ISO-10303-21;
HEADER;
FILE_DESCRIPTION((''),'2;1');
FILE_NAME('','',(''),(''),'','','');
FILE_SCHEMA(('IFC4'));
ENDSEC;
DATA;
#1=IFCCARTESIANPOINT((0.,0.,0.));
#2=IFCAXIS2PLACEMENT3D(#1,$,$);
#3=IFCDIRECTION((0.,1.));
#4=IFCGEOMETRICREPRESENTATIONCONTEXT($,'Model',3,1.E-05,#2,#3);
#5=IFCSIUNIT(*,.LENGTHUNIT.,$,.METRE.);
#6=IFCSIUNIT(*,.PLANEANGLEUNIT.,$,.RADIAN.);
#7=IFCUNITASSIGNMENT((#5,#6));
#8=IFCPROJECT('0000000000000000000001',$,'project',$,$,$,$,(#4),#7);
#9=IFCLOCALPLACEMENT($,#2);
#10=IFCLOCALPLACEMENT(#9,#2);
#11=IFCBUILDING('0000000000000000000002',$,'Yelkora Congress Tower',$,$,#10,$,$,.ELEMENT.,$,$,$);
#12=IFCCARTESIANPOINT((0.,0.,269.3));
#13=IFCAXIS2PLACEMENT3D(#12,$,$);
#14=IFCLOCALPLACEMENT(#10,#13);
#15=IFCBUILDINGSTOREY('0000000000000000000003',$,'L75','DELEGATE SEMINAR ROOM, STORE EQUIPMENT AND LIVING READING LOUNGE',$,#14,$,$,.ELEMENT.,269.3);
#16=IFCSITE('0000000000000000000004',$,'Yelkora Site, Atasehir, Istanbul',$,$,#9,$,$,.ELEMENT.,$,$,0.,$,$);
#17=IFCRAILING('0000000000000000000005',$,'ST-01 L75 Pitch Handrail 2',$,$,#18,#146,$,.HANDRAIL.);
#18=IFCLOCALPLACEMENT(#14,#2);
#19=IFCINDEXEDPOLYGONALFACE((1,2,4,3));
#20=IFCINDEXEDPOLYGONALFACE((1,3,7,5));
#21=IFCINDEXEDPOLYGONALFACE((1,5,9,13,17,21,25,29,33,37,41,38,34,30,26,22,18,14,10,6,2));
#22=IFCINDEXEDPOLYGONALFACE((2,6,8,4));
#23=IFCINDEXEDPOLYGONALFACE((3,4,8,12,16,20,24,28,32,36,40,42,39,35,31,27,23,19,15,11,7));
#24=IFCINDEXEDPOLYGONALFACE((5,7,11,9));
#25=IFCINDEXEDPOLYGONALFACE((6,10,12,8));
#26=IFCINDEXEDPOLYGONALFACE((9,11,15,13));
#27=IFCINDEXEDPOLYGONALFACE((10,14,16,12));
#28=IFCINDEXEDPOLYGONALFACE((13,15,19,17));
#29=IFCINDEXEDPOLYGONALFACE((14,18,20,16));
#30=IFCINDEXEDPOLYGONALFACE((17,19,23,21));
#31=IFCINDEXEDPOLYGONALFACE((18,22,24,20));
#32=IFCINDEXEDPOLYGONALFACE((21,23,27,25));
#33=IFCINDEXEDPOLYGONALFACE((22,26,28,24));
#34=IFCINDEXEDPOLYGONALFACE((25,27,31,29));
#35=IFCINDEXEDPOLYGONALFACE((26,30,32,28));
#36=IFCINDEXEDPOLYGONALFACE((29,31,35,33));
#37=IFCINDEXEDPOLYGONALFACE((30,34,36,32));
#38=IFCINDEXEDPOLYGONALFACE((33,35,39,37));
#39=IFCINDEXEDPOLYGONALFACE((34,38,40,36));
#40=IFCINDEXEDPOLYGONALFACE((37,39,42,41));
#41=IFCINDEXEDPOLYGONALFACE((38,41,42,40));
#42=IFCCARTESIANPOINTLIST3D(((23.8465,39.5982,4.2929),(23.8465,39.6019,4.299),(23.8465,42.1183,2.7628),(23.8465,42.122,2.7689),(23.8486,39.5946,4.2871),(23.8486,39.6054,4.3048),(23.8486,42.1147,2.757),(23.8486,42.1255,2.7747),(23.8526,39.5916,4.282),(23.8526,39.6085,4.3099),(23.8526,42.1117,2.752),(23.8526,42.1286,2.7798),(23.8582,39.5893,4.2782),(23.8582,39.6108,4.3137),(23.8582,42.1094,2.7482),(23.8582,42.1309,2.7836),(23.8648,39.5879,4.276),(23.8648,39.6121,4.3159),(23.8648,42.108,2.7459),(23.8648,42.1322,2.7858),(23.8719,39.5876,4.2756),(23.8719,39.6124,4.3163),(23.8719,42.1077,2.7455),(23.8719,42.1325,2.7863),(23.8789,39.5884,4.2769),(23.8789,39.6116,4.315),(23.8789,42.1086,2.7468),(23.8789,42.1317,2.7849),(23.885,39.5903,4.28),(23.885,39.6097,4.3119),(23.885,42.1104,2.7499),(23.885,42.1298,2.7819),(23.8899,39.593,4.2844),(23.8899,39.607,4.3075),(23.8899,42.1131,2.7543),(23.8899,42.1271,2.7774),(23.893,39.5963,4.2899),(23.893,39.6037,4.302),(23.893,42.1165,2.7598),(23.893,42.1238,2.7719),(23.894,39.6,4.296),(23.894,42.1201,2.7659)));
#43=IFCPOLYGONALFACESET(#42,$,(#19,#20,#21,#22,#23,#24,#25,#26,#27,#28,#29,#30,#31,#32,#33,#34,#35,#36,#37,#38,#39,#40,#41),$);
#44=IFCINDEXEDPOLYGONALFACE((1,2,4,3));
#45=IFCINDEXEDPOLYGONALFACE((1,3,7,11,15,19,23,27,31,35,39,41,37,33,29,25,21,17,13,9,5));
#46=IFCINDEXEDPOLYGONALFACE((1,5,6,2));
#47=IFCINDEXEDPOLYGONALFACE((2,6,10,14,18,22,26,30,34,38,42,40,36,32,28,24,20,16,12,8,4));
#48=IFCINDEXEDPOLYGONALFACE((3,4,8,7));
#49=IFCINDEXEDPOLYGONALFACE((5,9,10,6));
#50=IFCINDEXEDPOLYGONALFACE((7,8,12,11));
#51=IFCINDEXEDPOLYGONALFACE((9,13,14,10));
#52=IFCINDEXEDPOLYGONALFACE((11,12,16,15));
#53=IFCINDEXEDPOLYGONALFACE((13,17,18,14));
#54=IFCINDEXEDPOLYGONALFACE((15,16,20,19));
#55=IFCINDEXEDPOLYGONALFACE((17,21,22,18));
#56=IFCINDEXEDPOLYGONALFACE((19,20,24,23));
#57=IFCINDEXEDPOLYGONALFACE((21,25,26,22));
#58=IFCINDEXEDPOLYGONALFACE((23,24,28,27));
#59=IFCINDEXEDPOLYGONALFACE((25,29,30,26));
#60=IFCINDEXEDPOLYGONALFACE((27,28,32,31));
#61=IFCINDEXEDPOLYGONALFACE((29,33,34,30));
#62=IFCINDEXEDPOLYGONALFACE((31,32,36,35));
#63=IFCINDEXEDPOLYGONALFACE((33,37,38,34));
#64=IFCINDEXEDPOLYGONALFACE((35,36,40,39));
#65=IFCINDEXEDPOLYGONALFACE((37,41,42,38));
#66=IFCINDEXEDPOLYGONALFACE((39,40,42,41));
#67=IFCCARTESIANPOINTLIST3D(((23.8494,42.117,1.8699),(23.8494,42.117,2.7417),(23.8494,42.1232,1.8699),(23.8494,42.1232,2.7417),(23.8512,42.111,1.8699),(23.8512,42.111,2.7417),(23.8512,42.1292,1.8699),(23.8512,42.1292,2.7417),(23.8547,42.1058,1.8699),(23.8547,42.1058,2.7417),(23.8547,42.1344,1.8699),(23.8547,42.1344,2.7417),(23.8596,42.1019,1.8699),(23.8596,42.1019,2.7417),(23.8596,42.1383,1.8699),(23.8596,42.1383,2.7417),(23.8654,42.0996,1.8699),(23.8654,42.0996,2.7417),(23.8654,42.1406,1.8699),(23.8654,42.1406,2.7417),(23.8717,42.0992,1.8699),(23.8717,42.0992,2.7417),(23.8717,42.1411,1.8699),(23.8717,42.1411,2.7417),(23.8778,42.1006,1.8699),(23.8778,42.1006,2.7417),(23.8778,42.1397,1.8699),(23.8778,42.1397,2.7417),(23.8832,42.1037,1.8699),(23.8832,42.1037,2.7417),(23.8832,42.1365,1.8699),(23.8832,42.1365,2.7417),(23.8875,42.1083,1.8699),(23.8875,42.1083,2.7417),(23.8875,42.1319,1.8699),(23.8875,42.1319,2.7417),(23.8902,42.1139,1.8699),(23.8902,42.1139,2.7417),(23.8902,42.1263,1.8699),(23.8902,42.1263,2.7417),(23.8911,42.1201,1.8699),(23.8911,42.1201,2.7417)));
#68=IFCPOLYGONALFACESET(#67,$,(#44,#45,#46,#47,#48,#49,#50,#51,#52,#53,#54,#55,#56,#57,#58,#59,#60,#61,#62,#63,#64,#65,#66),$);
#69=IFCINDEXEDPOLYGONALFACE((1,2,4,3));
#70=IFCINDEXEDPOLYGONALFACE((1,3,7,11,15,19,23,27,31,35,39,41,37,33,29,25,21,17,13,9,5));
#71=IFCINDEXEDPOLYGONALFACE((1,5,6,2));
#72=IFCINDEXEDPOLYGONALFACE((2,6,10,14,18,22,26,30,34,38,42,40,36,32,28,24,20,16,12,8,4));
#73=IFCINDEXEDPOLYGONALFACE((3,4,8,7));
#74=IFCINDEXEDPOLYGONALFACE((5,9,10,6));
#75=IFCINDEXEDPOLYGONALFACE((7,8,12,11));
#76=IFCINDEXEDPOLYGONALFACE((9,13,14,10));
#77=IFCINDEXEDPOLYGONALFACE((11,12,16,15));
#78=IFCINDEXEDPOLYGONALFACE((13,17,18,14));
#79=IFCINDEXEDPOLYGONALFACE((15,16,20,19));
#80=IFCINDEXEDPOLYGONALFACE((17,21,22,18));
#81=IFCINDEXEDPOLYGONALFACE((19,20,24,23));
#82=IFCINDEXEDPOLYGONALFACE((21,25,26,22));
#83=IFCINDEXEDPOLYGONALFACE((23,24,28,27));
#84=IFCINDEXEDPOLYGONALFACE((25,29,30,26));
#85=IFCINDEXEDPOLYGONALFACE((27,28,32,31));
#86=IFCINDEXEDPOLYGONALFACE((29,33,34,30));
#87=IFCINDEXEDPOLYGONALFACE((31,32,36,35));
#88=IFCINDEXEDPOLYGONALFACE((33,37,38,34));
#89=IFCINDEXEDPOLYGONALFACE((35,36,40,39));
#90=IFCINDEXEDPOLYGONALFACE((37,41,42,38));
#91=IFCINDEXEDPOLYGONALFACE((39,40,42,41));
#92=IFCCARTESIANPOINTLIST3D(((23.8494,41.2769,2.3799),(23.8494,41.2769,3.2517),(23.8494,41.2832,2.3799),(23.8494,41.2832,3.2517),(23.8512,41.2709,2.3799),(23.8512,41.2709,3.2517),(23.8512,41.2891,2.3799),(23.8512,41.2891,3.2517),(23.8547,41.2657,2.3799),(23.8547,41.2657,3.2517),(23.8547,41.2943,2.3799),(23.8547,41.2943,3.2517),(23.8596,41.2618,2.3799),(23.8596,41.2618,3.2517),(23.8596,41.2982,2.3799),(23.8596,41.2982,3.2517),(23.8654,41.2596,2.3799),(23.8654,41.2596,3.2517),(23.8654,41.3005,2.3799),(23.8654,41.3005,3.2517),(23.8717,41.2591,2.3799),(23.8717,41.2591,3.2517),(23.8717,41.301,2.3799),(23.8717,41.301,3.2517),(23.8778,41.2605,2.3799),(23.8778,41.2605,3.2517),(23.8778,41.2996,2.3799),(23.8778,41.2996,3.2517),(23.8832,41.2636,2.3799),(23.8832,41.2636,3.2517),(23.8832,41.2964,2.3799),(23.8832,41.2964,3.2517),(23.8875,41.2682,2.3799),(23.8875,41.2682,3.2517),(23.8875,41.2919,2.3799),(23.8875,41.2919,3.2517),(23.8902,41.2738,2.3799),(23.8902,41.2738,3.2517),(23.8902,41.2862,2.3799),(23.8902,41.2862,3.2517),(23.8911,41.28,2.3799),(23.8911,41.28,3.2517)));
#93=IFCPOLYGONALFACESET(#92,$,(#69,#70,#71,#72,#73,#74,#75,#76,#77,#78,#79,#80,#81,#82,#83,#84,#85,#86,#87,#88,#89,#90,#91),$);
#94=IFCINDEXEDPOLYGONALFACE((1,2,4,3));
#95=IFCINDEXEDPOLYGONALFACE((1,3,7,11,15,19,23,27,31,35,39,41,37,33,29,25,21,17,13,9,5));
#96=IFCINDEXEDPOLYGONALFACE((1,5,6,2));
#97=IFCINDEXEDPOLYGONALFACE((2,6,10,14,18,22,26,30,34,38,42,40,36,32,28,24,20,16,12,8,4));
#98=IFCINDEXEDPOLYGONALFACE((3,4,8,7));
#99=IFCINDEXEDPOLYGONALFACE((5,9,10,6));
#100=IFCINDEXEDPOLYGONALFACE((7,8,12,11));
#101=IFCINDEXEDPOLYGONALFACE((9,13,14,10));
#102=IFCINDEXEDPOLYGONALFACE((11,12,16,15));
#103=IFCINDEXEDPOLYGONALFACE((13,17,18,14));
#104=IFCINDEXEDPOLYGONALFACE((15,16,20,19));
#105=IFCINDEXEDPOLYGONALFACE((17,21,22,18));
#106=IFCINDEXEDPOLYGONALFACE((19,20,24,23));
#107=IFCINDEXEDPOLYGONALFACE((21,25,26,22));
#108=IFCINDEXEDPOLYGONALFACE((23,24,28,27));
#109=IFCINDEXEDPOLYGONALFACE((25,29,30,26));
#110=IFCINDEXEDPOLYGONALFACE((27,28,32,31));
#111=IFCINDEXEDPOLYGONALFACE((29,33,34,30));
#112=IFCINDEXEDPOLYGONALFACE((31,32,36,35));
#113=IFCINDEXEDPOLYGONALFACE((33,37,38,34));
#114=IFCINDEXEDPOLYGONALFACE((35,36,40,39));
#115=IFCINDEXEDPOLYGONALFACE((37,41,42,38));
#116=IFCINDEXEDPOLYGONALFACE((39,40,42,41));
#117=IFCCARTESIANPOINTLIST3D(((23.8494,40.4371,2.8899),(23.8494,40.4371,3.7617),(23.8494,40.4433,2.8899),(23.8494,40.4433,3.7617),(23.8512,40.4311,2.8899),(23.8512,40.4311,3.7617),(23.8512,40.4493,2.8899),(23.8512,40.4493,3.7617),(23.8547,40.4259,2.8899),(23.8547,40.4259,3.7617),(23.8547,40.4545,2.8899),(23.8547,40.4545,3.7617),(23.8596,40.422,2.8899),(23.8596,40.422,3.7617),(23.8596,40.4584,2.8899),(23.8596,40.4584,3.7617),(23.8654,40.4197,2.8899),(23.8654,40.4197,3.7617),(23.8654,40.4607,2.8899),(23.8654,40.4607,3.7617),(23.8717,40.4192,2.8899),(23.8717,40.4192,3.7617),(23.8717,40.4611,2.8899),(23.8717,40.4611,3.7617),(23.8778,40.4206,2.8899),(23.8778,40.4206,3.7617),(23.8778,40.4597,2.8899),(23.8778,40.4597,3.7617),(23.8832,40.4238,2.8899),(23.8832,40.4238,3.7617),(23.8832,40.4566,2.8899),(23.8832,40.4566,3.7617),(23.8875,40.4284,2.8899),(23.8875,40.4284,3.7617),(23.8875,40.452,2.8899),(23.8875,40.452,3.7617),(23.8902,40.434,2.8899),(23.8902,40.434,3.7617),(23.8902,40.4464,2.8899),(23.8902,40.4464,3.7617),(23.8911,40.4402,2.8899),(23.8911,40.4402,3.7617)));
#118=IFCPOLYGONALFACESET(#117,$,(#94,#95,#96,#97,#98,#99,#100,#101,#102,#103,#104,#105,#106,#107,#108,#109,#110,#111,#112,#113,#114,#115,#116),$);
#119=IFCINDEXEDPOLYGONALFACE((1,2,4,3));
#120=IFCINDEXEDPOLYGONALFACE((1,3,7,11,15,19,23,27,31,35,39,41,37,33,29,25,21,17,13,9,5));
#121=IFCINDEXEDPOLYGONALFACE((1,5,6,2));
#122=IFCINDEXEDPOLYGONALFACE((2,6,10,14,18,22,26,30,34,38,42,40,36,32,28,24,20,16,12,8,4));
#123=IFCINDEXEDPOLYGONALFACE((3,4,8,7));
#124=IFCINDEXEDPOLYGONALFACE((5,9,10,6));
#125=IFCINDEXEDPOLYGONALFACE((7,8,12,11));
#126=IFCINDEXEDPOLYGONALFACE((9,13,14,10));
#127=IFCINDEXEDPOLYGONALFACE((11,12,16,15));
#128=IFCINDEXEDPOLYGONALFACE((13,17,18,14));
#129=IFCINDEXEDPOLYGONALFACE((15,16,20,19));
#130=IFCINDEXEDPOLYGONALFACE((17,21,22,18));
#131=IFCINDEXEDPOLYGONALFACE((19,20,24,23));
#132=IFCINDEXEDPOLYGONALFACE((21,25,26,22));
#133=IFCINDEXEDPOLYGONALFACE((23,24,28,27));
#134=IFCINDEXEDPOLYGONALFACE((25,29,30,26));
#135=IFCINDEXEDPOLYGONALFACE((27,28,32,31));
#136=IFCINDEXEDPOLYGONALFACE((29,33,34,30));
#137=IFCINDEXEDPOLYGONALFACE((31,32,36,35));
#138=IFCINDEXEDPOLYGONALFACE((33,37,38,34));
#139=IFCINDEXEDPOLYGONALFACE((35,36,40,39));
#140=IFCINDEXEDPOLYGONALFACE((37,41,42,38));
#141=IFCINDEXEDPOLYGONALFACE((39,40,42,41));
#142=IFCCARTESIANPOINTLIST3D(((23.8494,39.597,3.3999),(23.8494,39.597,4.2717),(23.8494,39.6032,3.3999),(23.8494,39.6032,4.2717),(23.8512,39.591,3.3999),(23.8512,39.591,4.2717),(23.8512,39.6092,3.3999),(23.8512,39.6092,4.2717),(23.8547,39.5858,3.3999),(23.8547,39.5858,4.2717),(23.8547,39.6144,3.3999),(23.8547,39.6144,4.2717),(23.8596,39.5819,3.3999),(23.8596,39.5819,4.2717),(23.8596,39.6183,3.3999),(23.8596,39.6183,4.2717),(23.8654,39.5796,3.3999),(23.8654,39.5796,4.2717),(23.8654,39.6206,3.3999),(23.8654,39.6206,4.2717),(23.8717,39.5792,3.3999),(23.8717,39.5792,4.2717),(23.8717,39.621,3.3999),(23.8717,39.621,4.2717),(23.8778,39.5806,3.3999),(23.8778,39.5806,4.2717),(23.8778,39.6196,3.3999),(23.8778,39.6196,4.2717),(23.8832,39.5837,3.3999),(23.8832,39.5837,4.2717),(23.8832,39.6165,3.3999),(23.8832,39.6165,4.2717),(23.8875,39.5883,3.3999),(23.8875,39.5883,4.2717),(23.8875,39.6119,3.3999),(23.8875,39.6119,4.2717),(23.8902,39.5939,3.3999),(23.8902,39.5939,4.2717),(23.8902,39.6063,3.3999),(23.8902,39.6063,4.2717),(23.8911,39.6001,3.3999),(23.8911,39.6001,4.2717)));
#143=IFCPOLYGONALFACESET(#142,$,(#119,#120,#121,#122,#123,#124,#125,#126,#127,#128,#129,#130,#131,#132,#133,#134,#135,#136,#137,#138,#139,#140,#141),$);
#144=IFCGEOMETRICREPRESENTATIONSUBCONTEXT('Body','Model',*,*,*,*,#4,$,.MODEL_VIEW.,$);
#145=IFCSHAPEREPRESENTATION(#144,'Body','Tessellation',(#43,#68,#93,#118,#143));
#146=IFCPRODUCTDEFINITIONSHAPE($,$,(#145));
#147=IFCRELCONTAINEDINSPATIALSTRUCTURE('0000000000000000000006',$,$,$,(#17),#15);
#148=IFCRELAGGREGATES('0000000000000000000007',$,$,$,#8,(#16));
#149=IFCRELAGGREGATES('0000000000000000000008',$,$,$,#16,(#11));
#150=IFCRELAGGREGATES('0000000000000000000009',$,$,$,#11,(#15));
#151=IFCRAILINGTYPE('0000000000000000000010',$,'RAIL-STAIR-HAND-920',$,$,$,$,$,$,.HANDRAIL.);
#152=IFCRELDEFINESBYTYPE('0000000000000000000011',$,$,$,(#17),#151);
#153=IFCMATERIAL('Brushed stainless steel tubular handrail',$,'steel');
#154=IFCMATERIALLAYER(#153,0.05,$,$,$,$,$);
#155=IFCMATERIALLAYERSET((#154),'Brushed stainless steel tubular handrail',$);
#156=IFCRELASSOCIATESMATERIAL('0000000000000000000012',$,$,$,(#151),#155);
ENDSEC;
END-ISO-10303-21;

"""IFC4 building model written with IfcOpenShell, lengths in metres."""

from ifc_helpers import new_model, si_unit, direction, frame, origin, origin_2d, place, context, subcontext, project, spatial, circle, extrude, material, layer, layer_set, type_object, element, save


model = new_model("IFC4")

# Units and contexts
model_context = context("Model", 3, precision=1e-05, world=origin(), true_north=direction((0.0, 1.0)))
body_context = subcontext(model_context, "Body", "Model", "MODEL_VIEW")
ifc_project = project(units=[si_unit("LENGTHUNIT", "METRE"), si_unit("PLANEANGLEUNIT", "RADIAN")], contexts=[model_context])

# Site, building, storey
site_placement = place(None, origin())
site = spatial("IfcSite", under=ifc_project, at=site_placement, Name="Yelkora Site, Atasehir, Istanbul", CompositionType="ELEMENT", RefElevation=0.0)
building_placement = place(site_placement, origin())
building = spatial("IfcBuilding", under=site, at=building_placement, Name="Yelkora Congress Tower", CompositionType="ELEMENT")
storey_placement = place(building_placement, frame((0.0, 0.0, 269.3)))
storey = spatial("IfcBuildingStorey", under=building, at=storey_placement, Name="L75", Description="DELEGATE SEMINAR ROOM, STORE EQUIPMENT AND LIVING READING LOUNGE", CompositionType="ELEMENT", Elevation=269.3)

# Railing
ifc_material_1 = material(Name="Brushed stainless steel tubular handrail", Category="steel")
ifc_layer_1 = layer(ifc_material_1, 0.05)
ifc_layer_set_1 = layer_set([ifc_layer_1], Name="Brushed stainless steel tubular handrail")
railing_type_1 = type_object("IfcRailingType", Name="RAIL-STAIR-HAND-920", PredefinedType="HANDRAIL", material=ifc_layer_set_1)
railing_1_placement = place(storey_placement, frame((23.8701, 42.1201, 1.8699)))
element("IfcRailing", 1, at=railing_1_placement, inside=storey, type_object=railing_type_1, Name="ST-01 L75 Pitch Handrail 2", PredefinedType="HANDRAIL", context=body_context, shape_type="SweptSolid", body=[
    extrude(circle(Radius=0.0239, at=origin_2d()), frame((0.0, 0.0, 0.896), z_axis=(0.0, -0.854785, 0.518982), x_axis=(1.0, 0.0, 0.0)), (0.0, 0.0, 1.0), 2.9482),
    extrude(circle(Radius=0.021, at=origin_2d()), origin(), (0.0, 0.0, 1.0), 0.8718),
    extrude(circle(Radius=0.021, at=origin_2d()), frame((0.0, -0.8401, 0.51)), (0.0, 0.0, 1.0), 0.8718),
    extrude(circle(Radius=0.021, at=origin_2d()), frame((0.0, -1.6799, 1.02)), (0.0, 0.0, 1.0), 0.8718),
    extrude(circle(Radius=0.021, at=origin_2d()), frame((0.0, -2.52, 1.53)), (0.0, 0.0, 1.0), 0.8718),
])

save(model, "model.ifc")
